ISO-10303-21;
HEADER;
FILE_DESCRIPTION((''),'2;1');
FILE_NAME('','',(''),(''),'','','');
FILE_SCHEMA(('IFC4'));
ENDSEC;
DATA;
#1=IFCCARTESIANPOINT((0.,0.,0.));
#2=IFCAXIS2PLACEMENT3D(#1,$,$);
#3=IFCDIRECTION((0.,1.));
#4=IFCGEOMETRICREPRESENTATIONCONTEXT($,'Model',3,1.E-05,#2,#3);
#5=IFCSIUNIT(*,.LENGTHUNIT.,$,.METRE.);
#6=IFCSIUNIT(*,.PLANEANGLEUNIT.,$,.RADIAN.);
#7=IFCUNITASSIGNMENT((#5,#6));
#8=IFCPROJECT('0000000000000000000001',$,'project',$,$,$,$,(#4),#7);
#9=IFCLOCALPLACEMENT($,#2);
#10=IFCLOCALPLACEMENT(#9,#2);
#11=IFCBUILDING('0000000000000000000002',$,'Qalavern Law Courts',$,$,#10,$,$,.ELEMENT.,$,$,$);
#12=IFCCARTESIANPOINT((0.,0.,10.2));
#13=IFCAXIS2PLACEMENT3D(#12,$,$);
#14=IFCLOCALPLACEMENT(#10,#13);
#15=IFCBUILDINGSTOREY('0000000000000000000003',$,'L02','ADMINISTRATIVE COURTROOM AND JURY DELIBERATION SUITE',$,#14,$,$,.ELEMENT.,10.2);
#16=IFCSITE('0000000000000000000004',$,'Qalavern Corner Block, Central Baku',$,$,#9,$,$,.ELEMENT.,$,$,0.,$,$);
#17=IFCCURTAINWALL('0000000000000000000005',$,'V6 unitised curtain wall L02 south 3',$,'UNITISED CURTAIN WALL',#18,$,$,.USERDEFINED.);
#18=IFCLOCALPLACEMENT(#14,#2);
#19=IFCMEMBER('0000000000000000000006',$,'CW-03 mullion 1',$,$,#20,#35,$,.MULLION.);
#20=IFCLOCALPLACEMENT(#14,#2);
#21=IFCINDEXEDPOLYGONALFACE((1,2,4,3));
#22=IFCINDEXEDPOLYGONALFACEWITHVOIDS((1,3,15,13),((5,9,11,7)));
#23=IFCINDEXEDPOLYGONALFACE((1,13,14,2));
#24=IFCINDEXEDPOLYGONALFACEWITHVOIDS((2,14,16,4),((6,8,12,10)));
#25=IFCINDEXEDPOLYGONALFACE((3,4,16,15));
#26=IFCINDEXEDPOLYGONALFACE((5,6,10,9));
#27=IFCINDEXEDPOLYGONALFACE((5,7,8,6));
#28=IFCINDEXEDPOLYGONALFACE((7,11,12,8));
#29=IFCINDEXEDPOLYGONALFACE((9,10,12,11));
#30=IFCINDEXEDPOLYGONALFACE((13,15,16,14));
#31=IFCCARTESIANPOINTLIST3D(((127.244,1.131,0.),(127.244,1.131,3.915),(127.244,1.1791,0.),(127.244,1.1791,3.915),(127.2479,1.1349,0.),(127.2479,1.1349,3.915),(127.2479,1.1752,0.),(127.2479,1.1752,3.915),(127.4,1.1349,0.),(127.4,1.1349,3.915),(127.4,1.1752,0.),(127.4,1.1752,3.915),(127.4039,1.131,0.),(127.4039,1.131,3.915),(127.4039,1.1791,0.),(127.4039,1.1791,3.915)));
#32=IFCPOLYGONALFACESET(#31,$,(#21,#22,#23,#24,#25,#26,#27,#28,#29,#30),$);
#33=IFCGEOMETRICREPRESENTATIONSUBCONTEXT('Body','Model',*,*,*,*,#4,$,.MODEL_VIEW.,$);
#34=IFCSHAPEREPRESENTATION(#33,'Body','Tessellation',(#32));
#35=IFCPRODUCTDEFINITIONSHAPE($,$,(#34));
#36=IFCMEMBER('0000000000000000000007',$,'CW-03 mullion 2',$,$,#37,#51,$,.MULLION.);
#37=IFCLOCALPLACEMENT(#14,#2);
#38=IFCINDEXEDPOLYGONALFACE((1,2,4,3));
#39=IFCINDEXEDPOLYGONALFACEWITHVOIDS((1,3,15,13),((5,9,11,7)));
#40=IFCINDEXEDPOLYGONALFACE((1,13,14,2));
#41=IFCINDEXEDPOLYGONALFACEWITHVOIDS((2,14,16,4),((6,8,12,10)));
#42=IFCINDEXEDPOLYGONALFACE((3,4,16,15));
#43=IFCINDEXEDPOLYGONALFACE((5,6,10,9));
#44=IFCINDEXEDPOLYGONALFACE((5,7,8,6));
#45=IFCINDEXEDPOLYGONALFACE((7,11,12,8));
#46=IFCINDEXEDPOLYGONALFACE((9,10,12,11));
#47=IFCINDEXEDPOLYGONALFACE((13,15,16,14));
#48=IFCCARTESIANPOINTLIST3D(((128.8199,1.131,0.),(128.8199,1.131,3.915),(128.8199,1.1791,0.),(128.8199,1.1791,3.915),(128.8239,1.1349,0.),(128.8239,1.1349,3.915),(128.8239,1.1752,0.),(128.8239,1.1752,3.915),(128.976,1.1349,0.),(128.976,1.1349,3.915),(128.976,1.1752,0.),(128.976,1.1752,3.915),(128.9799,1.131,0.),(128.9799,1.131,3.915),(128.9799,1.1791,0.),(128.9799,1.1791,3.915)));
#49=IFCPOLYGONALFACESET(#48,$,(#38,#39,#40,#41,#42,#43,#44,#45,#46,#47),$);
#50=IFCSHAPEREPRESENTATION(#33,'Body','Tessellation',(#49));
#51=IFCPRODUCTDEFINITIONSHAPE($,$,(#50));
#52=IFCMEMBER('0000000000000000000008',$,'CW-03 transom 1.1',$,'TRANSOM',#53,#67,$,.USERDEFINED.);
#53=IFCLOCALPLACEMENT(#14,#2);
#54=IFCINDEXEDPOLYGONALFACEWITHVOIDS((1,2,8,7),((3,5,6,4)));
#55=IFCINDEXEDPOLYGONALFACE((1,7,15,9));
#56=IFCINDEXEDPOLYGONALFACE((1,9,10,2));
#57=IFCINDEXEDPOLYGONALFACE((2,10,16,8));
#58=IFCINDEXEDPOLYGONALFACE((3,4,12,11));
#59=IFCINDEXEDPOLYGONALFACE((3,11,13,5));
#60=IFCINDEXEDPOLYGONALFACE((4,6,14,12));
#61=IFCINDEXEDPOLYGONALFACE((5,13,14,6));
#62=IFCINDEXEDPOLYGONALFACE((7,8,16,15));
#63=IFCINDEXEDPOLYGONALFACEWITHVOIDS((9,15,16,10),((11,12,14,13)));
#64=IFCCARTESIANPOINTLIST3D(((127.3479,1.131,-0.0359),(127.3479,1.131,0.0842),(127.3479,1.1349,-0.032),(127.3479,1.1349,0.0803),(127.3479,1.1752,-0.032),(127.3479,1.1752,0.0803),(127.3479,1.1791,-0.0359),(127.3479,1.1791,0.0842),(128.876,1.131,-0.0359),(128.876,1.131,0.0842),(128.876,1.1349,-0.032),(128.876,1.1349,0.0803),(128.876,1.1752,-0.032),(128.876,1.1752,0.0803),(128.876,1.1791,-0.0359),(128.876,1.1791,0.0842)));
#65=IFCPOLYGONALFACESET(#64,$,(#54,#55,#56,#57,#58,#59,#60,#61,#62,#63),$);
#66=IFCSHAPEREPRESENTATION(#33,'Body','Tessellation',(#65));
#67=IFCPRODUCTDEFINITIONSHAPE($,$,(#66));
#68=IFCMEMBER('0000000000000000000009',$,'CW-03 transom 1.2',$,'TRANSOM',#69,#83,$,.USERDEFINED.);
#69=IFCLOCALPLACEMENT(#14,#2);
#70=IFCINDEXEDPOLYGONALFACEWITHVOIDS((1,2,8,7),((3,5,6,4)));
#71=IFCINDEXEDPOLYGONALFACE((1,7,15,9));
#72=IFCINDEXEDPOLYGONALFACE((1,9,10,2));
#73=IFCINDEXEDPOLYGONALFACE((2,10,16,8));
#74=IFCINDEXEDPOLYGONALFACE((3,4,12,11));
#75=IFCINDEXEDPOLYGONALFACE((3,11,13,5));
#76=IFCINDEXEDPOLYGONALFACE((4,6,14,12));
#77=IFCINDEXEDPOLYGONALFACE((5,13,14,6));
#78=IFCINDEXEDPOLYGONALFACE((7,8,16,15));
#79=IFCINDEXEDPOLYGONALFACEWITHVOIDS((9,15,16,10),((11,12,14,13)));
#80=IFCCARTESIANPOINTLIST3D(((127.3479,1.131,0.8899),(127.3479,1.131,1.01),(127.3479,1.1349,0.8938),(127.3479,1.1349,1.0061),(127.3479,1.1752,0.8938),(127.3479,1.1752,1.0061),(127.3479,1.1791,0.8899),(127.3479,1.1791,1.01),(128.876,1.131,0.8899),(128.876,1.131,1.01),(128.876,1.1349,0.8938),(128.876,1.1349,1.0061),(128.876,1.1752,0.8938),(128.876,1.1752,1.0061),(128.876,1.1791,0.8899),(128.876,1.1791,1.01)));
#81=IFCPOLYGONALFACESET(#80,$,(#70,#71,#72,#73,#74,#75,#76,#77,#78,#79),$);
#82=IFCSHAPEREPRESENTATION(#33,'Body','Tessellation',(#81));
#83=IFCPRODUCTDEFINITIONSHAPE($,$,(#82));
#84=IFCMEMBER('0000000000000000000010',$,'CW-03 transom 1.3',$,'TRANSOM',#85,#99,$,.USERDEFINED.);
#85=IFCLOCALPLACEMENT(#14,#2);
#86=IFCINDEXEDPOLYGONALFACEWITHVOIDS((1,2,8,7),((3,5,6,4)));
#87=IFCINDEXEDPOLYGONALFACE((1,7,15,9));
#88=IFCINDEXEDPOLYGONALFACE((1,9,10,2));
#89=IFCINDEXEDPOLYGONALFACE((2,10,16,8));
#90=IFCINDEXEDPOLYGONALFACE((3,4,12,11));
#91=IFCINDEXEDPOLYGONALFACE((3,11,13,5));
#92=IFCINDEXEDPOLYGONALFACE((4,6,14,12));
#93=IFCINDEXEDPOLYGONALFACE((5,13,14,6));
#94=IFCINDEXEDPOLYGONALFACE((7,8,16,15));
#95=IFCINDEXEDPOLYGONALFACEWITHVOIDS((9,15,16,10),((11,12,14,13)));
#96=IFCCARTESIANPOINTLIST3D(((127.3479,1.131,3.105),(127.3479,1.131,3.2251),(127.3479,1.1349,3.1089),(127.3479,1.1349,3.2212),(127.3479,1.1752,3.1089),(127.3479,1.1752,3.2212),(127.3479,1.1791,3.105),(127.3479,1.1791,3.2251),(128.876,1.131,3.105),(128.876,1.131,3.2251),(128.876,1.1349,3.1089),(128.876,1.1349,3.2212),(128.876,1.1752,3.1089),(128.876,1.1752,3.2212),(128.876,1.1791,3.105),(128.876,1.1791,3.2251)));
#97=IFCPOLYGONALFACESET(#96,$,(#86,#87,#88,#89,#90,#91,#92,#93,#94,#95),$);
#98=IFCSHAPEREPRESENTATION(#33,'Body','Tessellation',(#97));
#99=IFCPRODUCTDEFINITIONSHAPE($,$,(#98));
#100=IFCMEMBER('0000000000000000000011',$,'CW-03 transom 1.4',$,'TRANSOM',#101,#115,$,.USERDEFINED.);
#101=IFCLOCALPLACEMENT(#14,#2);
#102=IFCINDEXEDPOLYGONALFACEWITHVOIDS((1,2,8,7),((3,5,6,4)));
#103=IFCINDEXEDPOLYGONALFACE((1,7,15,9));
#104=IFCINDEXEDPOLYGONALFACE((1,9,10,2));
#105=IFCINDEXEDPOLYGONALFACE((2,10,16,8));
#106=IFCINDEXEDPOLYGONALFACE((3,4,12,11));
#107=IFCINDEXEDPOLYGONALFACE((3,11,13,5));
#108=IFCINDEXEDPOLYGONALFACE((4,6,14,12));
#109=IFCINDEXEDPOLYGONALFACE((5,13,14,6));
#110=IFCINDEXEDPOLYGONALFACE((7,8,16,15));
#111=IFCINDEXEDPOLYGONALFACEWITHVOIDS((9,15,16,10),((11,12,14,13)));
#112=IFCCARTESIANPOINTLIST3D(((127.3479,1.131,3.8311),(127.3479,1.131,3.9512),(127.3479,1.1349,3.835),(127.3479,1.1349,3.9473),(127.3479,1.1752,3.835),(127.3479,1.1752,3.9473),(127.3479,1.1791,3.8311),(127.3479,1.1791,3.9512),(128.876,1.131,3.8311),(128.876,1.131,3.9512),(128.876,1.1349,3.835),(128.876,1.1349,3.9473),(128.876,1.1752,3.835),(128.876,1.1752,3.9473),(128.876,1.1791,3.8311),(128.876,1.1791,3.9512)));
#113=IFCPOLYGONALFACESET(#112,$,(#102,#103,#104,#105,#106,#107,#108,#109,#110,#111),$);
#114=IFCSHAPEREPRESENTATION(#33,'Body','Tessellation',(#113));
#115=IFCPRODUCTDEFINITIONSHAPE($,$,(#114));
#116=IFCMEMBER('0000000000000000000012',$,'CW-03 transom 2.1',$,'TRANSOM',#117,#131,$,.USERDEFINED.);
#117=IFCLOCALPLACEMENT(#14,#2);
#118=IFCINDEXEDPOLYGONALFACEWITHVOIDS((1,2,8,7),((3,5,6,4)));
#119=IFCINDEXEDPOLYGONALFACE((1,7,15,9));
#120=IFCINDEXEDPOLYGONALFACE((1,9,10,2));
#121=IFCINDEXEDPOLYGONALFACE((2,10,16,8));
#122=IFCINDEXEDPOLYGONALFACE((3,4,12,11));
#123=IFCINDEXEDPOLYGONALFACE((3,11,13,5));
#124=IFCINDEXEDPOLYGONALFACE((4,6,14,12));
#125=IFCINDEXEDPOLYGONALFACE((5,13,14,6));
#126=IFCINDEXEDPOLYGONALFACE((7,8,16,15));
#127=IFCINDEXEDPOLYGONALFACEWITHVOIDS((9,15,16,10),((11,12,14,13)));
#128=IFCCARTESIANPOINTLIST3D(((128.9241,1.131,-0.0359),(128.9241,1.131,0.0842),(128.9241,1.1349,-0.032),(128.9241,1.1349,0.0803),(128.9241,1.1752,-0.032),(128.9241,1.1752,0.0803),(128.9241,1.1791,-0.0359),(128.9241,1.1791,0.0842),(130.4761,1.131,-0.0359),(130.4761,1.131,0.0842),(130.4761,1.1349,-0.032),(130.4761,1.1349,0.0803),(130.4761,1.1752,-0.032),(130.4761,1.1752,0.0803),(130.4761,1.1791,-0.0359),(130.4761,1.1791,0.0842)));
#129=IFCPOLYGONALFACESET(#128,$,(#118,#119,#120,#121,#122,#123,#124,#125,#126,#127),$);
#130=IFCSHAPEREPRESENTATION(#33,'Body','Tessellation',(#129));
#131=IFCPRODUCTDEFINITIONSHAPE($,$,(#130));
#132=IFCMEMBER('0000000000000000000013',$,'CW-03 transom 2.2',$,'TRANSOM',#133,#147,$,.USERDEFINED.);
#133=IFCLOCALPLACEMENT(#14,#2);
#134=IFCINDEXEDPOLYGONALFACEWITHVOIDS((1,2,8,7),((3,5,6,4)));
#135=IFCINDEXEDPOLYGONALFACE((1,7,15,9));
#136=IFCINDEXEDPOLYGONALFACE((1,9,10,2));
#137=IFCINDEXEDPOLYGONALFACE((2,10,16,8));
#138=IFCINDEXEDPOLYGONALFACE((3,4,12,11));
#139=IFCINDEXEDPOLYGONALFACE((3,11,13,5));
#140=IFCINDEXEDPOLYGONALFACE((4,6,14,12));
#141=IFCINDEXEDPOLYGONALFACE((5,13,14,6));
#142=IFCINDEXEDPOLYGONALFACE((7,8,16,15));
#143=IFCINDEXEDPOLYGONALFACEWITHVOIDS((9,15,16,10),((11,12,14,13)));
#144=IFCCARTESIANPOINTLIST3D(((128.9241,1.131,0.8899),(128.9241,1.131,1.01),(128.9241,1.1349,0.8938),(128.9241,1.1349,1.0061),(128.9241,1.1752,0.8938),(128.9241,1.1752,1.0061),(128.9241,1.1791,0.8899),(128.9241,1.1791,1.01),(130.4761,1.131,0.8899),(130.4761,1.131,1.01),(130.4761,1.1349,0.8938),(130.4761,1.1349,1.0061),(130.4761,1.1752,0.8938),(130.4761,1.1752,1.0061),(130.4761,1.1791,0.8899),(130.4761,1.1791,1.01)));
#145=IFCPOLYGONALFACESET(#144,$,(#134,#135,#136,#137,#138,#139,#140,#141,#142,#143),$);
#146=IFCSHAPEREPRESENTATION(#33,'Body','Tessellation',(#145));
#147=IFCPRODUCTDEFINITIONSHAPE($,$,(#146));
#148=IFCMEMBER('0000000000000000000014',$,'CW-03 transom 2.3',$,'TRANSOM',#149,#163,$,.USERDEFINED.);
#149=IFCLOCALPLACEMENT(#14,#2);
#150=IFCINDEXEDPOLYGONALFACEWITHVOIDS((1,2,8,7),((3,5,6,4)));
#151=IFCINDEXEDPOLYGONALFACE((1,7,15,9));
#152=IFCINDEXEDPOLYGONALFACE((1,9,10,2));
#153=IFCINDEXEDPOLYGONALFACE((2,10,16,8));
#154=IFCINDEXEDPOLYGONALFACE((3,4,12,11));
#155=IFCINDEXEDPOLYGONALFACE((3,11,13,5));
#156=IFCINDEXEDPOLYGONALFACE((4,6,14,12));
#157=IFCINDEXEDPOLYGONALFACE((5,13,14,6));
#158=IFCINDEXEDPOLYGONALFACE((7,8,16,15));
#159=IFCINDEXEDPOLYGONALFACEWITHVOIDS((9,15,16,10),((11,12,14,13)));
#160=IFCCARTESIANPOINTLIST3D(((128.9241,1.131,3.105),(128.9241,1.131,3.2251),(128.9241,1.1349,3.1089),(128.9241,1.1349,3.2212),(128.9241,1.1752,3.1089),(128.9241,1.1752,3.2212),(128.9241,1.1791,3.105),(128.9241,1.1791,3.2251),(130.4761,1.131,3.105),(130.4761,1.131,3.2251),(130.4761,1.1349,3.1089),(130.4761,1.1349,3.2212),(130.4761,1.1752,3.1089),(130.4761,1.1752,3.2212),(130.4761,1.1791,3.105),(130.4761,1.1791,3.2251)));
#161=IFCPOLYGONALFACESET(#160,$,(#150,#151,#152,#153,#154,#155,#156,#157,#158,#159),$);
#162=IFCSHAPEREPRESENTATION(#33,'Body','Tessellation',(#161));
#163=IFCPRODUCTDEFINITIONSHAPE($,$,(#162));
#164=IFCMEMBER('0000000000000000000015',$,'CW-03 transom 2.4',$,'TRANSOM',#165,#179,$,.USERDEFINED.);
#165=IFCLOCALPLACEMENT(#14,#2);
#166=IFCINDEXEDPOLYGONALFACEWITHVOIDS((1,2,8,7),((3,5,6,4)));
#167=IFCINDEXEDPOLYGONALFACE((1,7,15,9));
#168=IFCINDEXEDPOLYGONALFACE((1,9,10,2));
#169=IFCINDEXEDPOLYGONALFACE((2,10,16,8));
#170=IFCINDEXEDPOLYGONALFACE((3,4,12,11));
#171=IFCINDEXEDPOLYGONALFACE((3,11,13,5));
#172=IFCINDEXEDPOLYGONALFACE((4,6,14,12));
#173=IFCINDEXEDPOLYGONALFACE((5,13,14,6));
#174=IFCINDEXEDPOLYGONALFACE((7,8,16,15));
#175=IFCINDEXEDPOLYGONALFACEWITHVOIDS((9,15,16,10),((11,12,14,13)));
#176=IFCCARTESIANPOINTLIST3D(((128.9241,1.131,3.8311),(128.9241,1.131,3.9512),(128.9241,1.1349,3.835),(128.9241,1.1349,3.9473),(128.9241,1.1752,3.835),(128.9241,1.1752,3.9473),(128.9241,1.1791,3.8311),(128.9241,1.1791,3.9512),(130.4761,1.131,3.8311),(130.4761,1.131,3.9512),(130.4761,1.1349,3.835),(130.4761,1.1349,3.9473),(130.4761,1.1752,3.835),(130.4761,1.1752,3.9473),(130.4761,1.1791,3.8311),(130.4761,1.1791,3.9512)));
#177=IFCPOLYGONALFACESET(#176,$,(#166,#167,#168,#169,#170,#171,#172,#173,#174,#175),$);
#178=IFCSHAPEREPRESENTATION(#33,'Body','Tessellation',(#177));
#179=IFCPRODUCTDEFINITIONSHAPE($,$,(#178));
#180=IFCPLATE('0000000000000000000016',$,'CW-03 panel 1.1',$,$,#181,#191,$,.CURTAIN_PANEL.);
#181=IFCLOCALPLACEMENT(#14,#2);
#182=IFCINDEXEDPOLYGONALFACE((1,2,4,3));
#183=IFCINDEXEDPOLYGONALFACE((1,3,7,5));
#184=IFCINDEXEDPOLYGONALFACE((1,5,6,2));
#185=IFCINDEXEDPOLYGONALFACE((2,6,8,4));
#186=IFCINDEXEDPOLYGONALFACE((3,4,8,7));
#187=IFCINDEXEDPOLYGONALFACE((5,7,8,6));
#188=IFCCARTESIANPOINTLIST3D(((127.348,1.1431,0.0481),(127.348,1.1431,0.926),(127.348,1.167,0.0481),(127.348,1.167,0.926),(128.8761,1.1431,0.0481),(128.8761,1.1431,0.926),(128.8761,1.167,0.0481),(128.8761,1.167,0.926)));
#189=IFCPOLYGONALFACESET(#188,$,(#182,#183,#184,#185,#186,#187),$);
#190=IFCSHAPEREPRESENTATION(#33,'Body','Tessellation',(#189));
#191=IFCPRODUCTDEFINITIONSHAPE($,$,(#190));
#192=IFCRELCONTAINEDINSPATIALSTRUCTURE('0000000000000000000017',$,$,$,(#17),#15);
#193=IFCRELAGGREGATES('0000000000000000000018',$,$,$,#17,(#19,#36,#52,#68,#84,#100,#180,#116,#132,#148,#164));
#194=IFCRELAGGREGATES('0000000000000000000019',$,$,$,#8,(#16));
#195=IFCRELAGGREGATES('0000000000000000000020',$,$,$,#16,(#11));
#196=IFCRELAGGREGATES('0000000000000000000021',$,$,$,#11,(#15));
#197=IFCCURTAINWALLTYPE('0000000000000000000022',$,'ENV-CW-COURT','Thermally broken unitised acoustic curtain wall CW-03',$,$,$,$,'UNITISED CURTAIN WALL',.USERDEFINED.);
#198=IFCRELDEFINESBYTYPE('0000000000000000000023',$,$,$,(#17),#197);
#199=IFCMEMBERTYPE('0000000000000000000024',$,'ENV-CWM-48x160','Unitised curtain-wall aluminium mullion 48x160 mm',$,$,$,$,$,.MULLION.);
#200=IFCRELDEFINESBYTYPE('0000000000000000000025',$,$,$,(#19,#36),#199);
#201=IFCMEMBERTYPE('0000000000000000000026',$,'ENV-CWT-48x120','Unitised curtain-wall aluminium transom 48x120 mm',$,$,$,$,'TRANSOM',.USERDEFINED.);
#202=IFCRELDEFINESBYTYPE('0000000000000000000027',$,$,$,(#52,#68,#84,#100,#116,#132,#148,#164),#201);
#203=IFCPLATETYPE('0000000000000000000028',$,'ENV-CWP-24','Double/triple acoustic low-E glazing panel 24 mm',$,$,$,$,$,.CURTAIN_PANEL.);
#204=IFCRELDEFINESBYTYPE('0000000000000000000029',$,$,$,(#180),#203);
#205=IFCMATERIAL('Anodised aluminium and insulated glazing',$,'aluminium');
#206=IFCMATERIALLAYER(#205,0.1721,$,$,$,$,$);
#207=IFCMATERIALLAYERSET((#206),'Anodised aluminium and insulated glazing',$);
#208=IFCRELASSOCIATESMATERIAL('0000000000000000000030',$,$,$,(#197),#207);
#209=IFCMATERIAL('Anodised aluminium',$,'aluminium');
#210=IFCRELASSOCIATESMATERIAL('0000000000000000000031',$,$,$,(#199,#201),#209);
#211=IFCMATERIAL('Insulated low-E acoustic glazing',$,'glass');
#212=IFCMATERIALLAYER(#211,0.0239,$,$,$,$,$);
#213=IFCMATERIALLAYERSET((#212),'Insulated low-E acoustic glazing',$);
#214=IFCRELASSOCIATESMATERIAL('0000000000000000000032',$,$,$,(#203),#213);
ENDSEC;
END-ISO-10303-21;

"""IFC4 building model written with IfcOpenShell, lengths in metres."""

from ifc_helpers import new_model, si_unit, direction, frame, origin, origin_2d, place, context, subcontext, project, spatial, rectangle, hollow_rectangle, extrude, material, layer, layer_set, material_profile, profile_set, type_object, element, aggregate, save


model = new_model("IFC4")

# Units and contexts
model_context = context("Model", 3, precision=1e-05, world=origin(), true_north=direction((0.0, 1.0)))
body_context = subcontext(model_context, "Body", "Model", "MODEL_VIEW")
ifc_project = project(units=[si_unit("LENGTHUNIT", "METRE"), si_unit("PLANEANGLEUNIT", "RADIAN")], contexts=[model_context])

# Site, building, storey
site_placement = place(None, origin())
site = spatial("IfcSite", under=ifc_project, at=site_placement, Name="Qalavern Corner Block, Central Baku", CompositionType="ELEMENT", RefElevation=0.0)
building_placement = place(site_placement, origin())
building = spatial("IfcBuilding", under=site, at=building_placement, Name="Qalavern Law Courts", CompositionType="ELEMENT")
storey_placement = place(building_placement, frame((0.0, 0.0, 10.2)))
storey = spatial("IfcBuildingStorey", under=building, at=storey_placement, Name="L02", Description="ADMINISTRATIVE COURTROOM AND JURY DELIBERATION SUITE", CompositionType="ELEMENT", Elevation=10.2)

# Curtain wall, members, plate
ifc_material_1 = material(Name="Anodised aluminium and insulated glazing", Category="aluminium")
ifc_layer_1 = layer(ifc_material_1, 0.1721)
ifc_layer_set_1 = layer_set([ifc_layer_1], Name="Anodised aluminium and insulated glazing")
curtain_wall_type = type_object("IfcCurtainWallType", Name="ENV-CW-COURT", Description="Thermally broken unitised acoustic curtain wall CW-03", ElementType="UNITISED CURTAIN WALL", PredefinedType="USERDEFINED", material=ifc_layer_set_1)
curtain_wall_placement = place(storey_placement, origin())
curtain_wall = element("IfcCurtainWall", 1, at=curtain_wall_placement, inside=storey, type_object=curtain_wall_type, Name="V6 unitised curtain wall L02 south 3", ObjectType="UNITISED CURTAIN WALL", PredefinedType="USERDEFINED")
ifc_material_2 = material(Name="Anodised aluminium", Category="aluminium")
ifc_material_profile_1 = material_profile(ifc_material_2, hollow_rectangle(XDim=0.0481, YDim=0.1599, WallThickness=0.0039, at=origin_2d()), Name="ALU MULLION 48x160")
ifc_profile_set_1 = profile_set([ifc_material_profile_1], Name="Anodised aluminium")
member_type_1 = type_object("IfcMemberType", Name="ENV-CWM-48x160", Description="Unitised curtain-wall aluminium mullion 48x160 mm", PredefinedType="MULLION", material=ifc_profile_set_1)
member_1_placement = place(storey_placement, frame((127.324, 1.155, 0.0), z_axis=(0.0, 0.0, 1.0), x_axis=(0.0, 1.0, 0.0)))
member_1 = element("IfcMember", 2, at=member_1_placement, type_object=member_type_1, Name="CW-03 mullion 1", PredefinedType="MULLION", context=body_context, shape_type="SweptSolid", body=[
    extrude(hollow_rectangle(XDim=0.0481, YDim=0.1599, WallThickness=0.0039, at=origin_2d()), origin(), (0.0, 0.0, 1.0), 3.915),
])
member_2_placement = place(storey_placement, frame((128.8999, 1.155, 0.0), z_axis=(0.0, 0.0, 1.0), x_axis=(0.0, 1.0, 0.0)))
member_2 = element("IfcMember", 3, at=member_2_placement, type_object=member_type_1, Name="CW-03 mullion 2", PredefinedType="MULLION", context=body_context, shape_type="SweptSolid", body=[
    extrude(hollow_rectangle(XDim=0.0481, YDim=0.1599, WallThickness=0.0039, at=origin_2d()), origin(), (0.0, 0.0, 1.0), 3.915),
])
ifc_material_profile_2 = material_profile(ifc_material_2, hollow_rectangle(XDim=0.0481, YDim=0.1201, WallThickness=0.0039, at=origin_2d()), Name="ALU TRANSOM 48x120")
ifc_profile_set_2 = profile_set([ifc_material_profile_2], Name="Anodised aluminium")
member_type_2 = type_object("IfcMemberType", Name="ENV-CWT-48x120", Description="Unitised curtain-wall aluminium transom 48x120 mm", ElementType="TRANSOM", PredefinedType="USERDEFINED", material=ifc_profile_set_2)
member_3_placement = place(storey_placement, frame((127.3479, 1.155, 0.0242), z_axis=(1.0, 0.0, 0.0), x_axis=(0.0, 1.0, 0.0)))
member_3 = element("IfcMember", 4, at=member_3_placement, type_object=member_type_2, Name="CW-03 transom 1.1", ObjectType="TRANSOM", PredefinedType="USERDEFINED", context=body_context, shape_type="SweptSolid", body=[
    extrude(hollow_rectangle(XDim=0.0481, YDim=0.1201, WallThickness=0.0039, at=origin_2d()), origin(), (0.0, 0.0, 1.0), 1.5281),
])
member_4_placement = place(storey_placement, frame((127.3479, 1.155, 0.95), z_axis=(1.0, 0.0, 0.0), x_axis=(0.0, 1.0, 0.0)))
member_4 = element("IfcMember", 5, at=member_4_placement, type_object=member_type_2, Name="CW-03 transom 1.2", ObjectType="TRANSOM", PredefinedType="USERDEFINED", context=body_context, shape_type="SweptSolid", body=[
    extrude(hollow_rectangle(XDim=0.0481, YDim=0.1201, WallThickness=0.0039, at=origin_2d()), origin(), (0.0, 0.0, 1.0), 1.5281),
])
member_5_placement = place(storey_placement, frame((127.3479, 1.155, 3.165), z_axis=(1.0, 0.0, 0.0), x_axis=(0.0, 1.0, 0.0)))
member_5 = element("IfcMember", 6, at=member_5_placement, type_object=member_type_2, Name="CW-03 transom 1.3", ObjectType="TRANSOM", PredefinedType="USERDEFINED", context=body_context, shape_type="SweptSolid", body=[
    extrude(hollow_rectangle(XDim=0.0481, YDim=0.1201, WallThickness=0.0039, at=origin_2d()), origin(), (0.0, 0.0, 1.0), 1.5281),
])
member_6_placement = place(storey_placement, frame((127.3479, 1.155, 3.8911), z_axis=(1.0, 0.0, 0.0), x_axis=(0.0, 1.0, 0.0)))
member_6 = element("IfcMember", 7, at=member_6_placement, type_object=member_type_2, Name="CW-03 transom 1.4", ObjectType="TRANSOM", PredefinedType="USERDEFINED", context=body_context, shape_type="SweptSolid", body=[
    extrude(hollow_rectangle(XDim=0.0481, YDim=0.1201, WallThickness=0.0039, at=origin_2d()), origin(), (0.0, 0.0, 1.0), 1.5281),
])
member_7_placement = place(storey_placement, frame((128.9241, 1.155, 0.0242), z_axis=(1.0, 0.0, 0.0), x_axis=(0.0, 1.0, 0.0)))
member_7 = element("IfcMember", 8, at=member_7_placement, type_object=member_type_2, Name="CW-03 transom 2.1", ObjectType="TRANSOM", PredefinedType="USERDEFINED", context=body_context, shape_type="SweptSolid", body=[
    extrude(hollow_rectangle(XDim=0.0481, YDim=0.1201, WallThickness=0.0039, at=origin_2d()), origin(), (0.0, 0.0, 1.0), 1.552),
])
member_8_placement = place(storey_placement, frame((128.9241, 1.155, 0.95), z_axis=(1.0, 0.0, 0.0), x_axis=(0.0, 1.0, 0.0)))
member_8 = element("IfcMember", 9, at=member_8_placement, type_object=member_type_2, Name="CW-03 transom 2.2", ObjectType="TRANSOM", PredefinedType="USERDEFINED", context=body_context, shape_type="SweptSolid", body=[
    extrude(hollow_rectangle(XDim=0.0481, YDim=0.1201, WallThickness=0.0039, at=origin_2d()), origin(), (0.0, 0.0, 1.0), 1.552),
])
member_9_placement = place(storey_placement, frame((128.9241, 1.155, 3.165), z_axis=(1.0, 0.0, 0.0), x_axis=(0.0, 1.0, 0.0)))
member_9 = element("IfcMember", 10, at=member_9_placement, type_object=member_type_2, Name="CW-03 transom 2.3", ObjectType="TRANSOM", PredefinedType="USERDEFINED", context=body_context, shape_type="SweptSolid", body=[
    extrude(hollow_rectangle(XDim=0.0481, YDim=0.1201, WallThickness=0.0039, at=origin_2d()), origin(), (0.0, 0.0, 1.0), 1.552),
])
member_10_placement = place(storey_placement, frame((128.9241, 1.155, 3.8911), z_axis=(1.0, 0.0, 0.0), x_axis=(0.0, 1.0, 0.0)))
member_10 = element("IfcMember", 11, at=member_10_placement, type_object=member_type_2, Name="CW-03 transom 2.4", ObjectType="TRANSOM", PredefinedType="USERDEFINED", context=body_context, shape_type="SweptSolid", body=[
    extrude(hollow_rectangle(XDim=0.0481, YDim=0.1201, WallThickness=0.0039, at=origin_2d()), origin(), (0.0, 0.0, 1.0), 1.552),
])
ifc_material_3 = material(Name="Insulated low-E acoustic glazing", Category="glass")
ifc_layer_2 = layer(ifc_material_3, 0.0239)
ifc_layer_set_2 = layer_set([ifc_layer_2], Name="Insulated low-E acoustic glazing")
plate_type = type_object("IfcPlateType", Name="ENV-CWP-24", Description="Double/triple acoustic low-E glazing panel 24 mm", PredefinedType="CURTAIN_PANEL", material=ifc_layer_set_2)
plate_1_placement = place(storey_placement, frame((128.1121, 1.155, 0.0481), z_axis=(0.0, 0.0, 1.0), x_axis=(1.0, 0.0, 0.0)))
plate_1 = element("IfcPlate", 12, at=plate_1_placement, type_object=plate_type, Name="CW-03 panel 1.1", PredefinedType="CURTAIN_PANEL", context=body_context, shape_type="SweptSolid", body=[
    extrude(rectangle(XDim=1.5281, YDim=0.0239, at=origin_2d()), origin(), (0.0, 0.0, 1.0), 0.8779),
])
aggregate(curtain_wall, [member_1, member_2, member_3, member_4, member_5, member_6, plate_1, member_7, member_8, member_9, member_10])

save(model, "model.ifc")
